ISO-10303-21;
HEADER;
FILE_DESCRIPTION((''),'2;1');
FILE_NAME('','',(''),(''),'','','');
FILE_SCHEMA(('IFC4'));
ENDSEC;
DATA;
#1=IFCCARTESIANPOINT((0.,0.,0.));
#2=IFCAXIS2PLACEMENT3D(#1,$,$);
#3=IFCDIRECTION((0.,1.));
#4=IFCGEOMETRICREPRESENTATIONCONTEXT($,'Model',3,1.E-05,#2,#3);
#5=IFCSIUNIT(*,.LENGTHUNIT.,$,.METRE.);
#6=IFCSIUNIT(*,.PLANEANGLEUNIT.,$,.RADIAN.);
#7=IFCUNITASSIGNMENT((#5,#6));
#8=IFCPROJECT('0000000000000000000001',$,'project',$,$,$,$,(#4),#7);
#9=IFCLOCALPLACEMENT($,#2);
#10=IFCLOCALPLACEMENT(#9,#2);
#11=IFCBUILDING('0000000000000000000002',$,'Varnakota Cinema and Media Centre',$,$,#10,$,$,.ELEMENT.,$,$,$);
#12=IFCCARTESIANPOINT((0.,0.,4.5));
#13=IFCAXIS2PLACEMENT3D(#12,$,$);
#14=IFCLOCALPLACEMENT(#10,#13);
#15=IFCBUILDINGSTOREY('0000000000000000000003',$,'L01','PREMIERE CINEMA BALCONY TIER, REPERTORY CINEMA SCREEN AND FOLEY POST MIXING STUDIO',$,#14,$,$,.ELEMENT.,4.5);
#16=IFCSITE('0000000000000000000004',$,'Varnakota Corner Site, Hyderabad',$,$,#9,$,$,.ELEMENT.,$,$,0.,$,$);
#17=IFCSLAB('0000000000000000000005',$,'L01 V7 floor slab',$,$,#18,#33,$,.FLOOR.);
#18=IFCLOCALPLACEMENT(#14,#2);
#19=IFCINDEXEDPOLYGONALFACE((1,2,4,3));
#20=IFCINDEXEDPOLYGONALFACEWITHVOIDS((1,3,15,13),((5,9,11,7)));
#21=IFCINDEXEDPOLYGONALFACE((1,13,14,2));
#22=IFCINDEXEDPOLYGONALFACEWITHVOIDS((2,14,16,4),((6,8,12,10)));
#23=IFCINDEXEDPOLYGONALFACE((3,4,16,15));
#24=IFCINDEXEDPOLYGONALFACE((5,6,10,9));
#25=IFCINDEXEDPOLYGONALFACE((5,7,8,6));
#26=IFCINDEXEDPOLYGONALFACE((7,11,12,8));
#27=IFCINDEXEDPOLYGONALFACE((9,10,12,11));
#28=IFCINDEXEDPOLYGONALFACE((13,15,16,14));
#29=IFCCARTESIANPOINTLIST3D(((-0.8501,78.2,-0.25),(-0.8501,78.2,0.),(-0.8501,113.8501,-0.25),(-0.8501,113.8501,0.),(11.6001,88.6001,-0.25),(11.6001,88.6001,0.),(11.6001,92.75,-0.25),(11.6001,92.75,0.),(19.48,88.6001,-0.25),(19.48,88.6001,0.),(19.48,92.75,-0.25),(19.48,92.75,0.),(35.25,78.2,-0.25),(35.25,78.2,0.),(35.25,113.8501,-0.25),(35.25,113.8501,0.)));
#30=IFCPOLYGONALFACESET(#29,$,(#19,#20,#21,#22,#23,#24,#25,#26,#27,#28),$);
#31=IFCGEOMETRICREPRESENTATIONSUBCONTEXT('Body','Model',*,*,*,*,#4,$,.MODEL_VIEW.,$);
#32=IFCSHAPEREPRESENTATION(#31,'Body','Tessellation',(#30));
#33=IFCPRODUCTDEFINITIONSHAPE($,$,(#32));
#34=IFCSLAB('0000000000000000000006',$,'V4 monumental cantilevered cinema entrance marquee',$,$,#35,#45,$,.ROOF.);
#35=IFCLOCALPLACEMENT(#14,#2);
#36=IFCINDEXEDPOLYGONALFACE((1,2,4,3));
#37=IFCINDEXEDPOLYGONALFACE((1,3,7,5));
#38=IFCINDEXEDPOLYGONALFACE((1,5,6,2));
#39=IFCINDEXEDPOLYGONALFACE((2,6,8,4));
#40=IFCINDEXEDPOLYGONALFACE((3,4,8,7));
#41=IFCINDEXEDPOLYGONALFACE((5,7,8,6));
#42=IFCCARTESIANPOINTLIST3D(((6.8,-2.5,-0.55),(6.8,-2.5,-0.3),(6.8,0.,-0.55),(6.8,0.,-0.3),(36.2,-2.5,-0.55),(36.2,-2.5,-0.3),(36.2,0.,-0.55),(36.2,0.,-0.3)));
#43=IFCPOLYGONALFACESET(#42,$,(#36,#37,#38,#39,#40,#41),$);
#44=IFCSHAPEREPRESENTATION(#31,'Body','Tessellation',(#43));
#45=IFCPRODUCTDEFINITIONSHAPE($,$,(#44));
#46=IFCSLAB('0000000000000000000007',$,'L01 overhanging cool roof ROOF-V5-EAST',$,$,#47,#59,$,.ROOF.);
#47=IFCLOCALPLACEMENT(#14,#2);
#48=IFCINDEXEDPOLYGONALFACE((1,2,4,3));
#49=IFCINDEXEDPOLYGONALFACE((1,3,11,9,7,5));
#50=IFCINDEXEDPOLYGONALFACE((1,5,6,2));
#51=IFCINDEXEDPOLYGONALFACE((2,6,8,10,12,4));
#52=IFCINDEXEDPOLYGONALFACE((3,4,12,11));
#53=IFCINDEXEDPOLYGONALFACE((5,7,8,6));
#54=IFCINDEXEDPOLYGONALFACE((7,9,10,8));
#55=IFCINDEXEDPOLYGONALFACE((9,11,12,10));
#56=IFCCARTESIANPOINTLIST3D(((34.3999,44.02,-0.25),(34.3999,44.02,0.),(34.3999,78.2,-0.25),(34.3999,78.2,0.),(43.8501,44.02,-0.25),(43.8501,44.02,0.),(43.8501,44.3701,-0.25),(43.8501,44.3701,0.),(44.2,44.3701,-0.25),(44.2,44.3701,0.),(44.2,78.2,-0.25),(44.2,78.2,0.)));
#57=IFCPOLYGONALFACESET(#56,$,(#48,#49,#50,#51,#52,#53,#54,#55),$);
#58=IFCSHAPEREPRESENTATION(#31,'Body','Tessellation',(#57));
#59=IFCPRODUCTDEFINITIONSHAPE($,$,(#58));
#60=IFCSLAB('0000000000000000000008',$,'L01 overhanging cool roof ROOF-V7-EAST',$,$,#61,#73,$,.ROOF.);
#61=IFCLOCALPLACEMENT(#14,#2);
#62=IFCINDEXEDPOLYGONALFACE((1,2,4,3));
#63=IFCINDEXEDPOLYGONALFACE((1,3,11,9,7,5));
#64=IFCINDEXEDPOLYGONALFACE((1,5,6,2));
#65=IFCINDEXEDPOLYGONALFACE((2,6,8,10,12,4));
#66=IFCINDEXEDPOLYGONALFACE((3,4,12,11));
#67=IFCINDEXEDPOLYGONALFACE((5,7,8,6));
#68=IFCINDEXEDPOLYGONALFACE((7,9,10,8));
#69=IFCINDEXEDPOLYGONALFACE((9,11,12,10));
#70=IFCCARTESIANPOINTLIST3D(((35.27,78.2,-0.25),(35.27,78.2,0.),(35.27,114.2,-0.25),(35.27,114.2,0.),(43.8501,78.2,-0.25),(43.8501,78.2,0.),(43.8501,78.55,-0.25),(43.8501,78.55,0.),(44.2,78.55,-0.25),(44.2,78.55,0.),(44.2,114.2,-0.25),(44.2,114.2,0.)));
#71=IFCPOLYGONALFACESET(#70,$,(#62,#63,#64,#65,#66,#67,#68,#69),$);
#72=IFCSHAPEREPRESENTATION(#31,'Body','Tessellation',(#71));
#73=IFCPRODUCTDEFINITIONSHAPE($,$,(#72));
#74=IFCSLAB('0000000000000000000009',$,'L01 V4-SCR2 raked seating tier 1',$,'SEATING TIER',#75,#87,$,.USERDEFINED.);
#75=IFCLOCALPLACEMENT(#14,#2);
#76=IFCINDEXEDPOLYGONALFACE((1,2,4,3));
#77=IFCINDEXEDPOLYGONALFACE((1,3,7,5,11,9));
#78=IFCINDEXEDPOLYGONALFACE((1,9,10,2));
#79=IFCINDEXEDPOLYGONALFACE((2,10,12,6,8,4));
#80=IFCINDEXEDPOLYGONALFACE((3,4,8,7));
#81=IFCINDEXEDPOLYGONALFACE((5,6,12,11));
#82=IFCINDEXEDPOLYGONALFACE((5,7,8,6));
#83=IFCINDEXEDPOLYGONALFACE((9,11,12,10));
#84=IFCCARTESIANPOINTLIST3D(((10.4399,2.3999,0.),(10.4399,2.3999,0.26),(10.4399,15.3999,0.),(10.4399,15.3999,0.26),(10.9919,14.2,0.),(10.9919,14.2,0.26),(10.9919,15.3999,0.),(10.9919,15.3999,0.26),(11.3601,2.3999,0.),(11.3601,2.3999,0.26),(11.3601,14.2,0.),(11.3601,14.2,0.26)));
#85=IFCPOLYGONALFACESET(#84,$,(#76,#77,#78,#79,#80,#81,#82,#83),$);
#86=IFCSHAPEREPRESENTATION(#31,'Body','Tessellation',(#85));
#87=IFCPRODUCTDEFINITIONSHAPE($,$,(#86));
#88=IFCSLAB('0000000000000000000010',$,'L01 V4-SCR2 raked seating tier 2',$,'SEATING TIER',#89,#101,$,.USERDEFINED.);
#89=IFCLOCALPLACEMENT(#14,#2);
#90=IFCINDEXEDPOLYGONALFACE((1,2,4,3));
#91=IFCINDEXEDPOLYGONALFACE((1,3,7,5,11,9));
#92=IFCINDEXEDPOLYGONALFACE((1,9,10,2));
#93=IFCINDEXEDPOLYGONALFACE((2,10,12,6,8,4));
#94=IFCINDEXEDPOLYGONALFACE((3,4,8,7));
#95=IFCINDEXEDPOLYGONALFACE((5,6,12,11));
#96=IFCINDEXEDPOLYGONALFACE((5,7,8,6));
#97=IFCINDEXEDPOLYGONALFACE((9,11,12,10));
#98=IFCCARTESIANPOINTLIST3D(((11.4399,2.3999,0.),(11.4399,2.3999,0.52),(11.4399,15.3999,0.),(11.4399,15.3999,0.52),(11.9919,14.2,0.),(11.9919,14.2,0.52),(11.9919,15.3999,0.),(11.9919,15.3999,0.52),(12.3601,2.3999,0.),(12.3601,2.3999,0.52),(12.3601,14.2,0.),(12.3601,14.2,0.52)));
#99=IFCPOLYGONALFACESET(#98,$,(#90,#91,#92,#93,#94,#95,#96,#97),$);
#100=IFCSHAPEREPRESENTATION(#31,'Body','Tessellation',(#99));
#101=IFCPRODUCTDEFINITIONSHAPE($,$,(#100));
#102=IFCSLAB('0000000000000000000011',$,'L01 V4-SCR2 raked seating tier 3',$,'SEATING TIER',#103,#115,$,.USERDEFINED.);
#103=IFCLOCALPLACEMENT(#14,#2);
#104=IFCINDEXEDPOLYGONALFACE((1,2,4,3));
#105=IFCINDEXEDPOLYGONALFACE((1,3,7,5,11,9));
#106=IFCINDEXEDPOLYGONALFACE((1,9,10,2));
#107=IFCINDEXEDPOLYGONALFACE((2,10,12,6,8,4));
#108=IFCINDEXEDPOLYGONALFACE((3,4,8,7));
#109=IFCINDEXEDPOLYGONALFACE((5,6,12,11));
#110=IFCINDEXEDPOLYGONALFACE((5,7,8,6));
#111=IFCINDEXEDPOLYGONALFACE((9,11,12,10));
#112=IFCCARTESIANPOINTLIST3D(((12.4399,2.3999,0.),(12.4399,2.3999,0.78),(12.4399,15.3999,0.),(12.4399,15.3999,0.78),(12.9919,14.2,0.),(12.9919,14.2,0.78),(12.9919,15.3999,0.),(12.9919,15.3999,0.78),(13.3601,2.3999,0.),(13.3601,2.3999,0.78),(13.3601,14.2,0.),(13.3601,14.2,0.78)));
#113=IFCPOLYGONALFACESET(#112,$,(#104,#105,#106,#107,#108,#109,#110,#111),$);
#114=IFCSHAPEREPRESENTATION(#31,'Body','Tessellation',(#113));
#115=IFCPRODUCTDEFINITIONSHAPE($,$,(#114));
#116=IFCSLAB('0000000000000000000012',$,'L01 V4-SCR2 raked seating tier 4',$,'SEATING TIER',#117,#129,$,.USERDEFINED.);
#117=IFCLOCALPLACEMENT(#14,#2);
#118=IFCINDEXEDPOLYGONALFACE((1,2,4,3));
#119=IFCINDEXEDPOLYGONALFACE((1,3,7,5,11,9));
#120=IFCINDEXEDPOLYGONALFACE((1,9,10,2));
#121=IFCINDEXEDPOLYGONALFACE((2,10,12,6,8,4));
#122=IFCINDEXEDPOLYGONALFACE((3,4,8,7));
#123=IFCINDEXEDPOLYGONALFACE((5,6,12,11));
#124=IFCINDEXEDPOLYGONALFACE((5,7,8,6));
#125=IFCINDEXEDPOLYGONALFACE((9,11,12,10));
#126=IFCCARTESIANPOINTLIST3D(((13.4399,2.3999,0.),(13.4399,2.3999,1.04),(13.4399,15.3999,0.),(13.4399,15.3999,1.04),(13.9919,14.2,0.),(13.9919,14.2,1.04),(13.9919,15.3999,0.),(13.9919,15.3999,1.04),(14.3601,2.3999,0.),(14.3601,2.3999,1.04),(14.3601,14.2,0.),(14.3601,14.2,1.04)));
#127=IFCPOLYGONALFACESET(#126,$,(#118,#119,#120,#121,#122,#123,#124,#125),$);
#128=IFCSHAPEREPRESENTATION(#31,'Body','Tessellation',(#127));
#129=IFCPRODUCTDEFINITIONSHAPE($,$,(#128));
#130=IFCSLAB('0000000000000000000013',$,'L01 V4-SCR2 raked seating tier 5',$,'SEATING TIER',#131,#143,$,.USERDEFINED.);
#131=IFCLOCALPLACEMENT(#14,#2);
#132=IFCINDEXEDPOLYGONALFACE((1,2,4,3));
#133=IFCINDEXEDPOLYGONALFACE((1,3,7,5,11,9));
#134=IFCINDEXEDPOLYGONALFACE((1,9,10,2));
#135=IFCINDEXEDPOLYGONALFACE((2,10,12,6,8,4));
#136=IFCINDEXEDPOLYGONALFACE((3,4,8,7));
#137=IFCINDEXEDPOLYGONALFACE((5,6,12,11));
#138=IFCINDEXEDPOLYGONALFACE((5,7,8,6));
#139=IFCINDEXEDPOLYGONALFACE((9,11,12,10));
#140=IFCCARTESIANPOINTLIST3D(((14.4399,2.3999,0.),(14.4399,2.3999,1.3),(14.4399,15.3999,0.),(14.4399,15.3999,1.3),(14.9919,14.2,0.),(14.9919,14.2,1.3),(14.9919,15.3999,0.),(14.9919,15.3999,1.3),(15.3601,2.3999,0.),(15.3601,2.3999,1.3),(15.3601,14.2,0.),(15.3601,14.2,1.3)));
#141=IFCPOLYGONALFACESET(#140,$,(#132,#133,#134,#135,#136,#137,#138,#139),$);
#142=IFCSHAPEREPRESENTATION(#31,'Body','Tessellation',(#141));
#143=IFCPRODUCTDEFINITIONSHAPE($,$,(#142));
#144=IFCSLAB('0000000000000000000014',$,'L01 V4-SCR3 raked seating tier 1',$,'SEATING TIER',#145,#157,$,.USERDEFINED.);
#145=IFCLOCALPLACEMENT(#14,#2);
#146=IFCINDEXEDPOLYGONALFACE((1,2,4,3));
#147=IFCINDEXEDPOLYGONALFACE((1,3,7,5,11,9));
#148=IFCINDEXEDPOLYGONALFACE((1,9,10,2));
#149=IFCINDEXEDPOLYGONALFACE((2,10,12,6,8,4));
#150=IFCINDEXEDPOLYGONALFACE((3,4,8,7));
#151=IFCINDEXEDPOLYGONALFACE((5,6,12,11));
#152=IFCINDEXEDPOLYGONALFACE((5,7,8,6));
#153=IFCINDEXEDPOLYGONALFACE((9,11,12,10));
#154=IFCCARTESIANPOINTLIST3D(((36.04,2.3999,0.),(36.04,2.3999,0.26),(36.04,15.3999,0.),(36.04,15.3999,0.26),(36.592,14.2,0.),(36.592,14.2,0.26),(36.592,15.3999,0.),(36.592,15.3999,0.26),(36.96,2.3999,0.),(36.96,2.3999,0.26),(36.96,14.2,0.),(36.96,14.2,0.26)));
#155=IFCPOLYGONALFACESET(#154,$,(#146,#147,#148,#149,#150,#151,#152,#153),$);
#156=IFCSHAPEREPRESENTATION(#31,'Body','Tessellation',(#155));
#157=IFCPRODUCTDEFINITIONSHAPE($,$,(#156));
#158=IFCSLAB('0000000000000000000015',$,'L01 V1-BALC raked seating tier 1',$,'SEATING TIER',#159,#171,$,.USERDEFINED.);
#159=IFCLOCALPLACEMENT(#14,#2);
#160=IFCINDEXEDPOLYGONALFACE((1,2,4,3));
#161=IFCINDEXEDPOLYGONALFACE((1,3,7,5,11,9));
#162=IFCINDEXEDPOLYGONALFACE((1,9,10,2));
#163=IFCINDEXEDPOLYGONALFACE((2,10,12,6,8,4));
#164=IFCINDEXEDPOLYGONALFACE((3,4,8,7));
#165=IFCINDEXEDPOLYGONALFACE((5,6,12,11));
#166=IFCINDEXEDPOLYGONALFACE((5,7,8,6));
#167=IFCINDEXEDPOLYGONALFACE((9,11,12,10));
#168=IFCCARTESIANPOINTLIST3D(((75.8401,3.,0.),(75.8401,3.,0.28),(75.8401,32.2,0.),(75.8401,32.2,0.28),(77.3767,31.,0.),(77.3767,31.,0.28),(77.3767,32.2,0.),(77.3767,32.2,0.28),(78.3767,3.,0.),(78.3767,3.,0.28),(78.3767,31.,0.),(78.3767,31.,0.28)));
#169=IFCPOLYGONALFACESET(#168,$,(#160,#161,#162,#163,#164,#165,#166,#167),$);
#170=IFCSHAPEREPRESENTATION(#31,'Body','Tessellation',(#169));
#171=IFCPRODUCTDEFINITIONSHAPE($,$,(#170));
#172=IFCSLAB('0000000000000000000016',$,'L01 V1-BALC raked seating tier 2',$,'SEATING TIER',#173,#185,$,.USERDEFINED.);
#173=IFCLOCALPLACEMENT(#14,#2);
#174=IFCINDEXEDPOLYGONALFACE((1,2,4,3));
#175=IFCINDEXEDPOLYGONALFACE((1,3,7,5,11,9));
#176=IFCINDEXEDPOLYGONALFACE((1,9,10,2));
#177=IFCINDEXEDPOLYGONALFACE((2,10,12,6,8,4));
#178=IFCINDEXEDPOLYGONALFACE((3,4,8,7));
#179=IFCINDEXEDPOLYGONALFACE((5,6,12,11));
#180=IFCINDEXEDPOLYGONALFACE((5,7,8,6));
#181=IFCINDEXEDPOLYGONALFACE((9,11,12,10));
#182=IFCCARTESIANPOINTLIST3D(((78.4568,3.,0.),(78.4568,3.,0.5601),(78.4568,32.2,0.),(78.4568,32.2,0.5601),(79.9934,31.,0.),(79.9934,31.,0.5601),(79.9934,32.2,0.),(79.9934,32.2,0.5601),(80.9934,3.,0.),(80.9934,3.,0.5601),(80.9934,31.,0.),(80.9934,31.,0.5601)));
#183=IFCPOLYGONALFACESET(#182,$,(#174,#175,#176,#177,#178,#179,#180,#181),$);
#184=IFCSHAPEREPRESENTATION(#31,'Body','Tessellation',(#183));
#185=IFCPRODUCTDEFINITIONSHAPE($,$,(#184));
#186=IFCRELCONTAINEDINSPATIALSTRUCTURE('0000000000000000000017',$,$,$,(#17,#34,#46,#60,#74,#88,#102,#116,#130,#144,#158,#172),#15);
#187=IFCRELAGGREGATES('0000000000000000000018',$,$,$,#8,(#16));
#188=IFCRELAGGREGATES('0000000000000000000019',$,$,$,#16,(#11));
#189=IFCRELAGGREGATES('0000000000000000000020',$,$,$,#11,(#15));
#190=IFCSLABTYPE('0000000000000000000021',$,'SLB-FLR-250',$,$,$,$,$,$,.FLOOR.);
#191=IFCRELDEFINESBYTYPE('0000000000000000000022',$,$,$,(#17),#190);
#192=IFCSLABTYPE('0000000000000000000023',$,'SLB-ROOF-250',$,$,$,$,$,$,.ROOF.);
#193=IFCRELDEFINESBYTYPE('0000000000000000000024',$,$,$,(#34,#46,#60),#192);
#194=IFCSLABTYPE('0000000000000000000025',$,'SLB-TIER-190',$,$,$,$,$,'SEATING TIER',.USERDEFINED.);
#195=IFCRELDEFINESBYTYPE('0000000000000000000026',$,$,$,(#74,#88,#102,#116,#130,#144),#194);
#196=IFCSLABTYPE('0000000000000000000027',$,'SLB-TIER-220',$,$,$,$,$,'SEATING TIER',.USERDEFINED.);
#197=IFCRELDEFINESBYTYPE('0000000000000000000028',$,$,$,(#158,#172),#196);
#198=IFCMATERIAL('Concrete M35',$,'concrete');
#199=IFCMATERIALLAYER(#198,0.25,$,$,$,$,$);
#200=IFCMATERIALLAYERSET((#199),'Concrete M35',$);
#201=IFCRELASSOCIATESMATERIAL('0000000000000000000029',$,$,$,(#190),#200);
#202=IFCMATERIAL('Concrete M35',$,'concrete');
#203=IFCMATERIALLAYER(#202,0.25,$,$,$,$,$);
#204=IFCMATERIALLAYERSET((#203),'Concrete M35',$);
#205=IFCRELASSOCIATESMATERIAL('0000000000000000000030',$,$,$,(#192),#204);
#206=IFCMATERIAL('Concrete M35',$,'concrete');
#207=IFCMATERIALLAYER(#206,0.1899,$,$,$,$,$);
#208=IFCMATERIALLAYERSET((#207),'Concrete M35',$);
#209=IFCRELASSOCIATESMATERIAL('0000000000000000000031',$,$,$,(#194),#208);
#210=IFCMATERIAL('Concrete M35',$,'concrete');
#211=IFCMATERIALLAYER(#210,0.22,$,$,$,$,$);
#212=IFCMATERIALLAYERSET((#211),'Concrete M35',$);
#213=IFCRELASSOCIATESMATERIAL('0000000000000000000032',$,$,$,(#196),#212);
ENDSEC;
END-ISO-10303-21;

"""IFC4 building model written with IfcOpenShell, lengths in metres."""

from ifc_helpers import new_model, si_unit, direction, frame, origin, place, context, subcontext, project, spatial, polyline, outline, extrude, material, layer, layer_set, type_object, element, save


model = new_model("IFC4")

# Units and contexts
model_context = context("Model", 3, precision=1e-05, world=origin(), true_north=direction((0.0, 1.0)))
body_context = subcontext(model_context, "Body", "Model", "MODEL_VIEW")
ifc_project = project(units=[si_unit("LENGTHUNIT", "METRE"), si_unit("PLANEANGLEUNIT", "RADIAN")], contexts=[model_context])

# Site, building, storey
site_placement = place(None, origin())
site = spatial("IfcSite", under=ifc_project, at=site_placement, Name="Varnakota Corner Site, Hyderabad", CompositionType="ELEMENT", RefElevation=0.0)
building_placement = place(site_placement, origin())
building = spatial("IfcBuilding", under=site, at=building_placement, Name="Varnakota Cinema and Media Centre", CompositionType="ELEMENT")
storey_placement = place(building_placement, frame((0.0, 0.0, 4.5)))
storey = spatial("IfcBuildingStorey", under=building, at=storey_placement, Name="L01", Description="PREMIERE CINEMA BALCONY TIER, REPERTORY CINEMA SCREEN AND FOLEY POST MIXING STUDIO", CompositionType="ELEMENT", Elevation=4.5)

# Slabs
ifc_material_1 = material(Name="Concrete M35", Category="concrete")
ifc_layer_1 = layer(ifc_material_1, 0.25)
ifc_layer_set_1 = layer_set([ifc_layer_1], Name="Concrete M35")
slab_type_1 = type_object("IfcSlabType", Name="SLB-FLR-250", PredefinedType="FLOOR", material=ifc_layer_set_1)
slab_1_placement = place(storey_placement, frame((0.0, 0.0, -0.25)))
element("IfcSlab", 1, at=slab_1_placement, inside=storey, type_object=slab_type_1, Name="L01 V7 floor slab", PredefinedType="FLOOR", context=body_context, shape_type="SweptSolid", body=[
    extrude(outline(polyline([(-0.8501, 78.2), (35.25, 78.2), (35.25, 113.8501), (-0.8501, 113.8501), (-0.8501, 78.2)]), holes=[polyline([(11.6001, 88.6001), (19.48, 88.6001), (19.48, 92.75), (11.6001, 92.75), (11.6001, 88.6001)])]), origin(), (0.0, 0.0, 1.0), 0.25),
])
ifc_material_2 = material(Name="Concrete M35", Category="concrete")
ifc_layer_2 = layer(ifc_material_2, 0.25)
ifc_layer_set_2 = layer_set([ifc_layer_2], Name="Concrete M35")
slab_type_2 = type_object("IfcSlabType", Name="SLB-ROOF-250", PredefinedType="ROOF", material=ifc_layer_set_2)
slab_2_placement = place(storey_placement, frame((0.0, 0.0, -0.55)))
element("IfcSlab", 2, at=slab_2_placement, inside=storey, type_object=slab_type_2, Name="V4 monumental cantilevered cinema entrance marquee", PredefinedType="ROOF", context=body_context, shape_type="SweptSolid", body=[
    extrude(outline(polyline([(6.8, -2.5), (36.2, -2.5), (36.2, 0.0), (6.8, 0.0), (6.8, -2.5)])), origin(), (0.0, 0.0, 1.0), 0.25),
])
slab_3_placement = place(storey_placement, frame((0.0, 0.0, -0.25)))
element("IfcSlab", 3, at=slab_3_placement, inside=storey, type_object=slab_type_2, Name="L01 overhanging cool roof ROOF-V5-EAST", PredefinedType="ROOF", context=body_context, shape_type="SweptSolid", body=[
    extrude(outline(polyline([(34.3999, 44.02), (43.8501, 44.02), (43.8501, 44.3701), (44.2, 44.3701), (44.2, 78.2), (34.3999, 78.2), (34.3999, 44.02)])), origin(), (0.0, 0.0, 1.0), 0.25),
])
slab_4_placement = place(storey_placement, frame((0.0, 0.0, -0.25)))
element("IfcSlab", 4, at=slab_4_placement, inside=storey, type_object=slab_type_2, Name="L01 overhanging cool roof ROOF-V7-EAST", PredefinedType="ROOF", context=body_context, shape_type="SweptSolid", body=[
    extrude(outline(polyline([(35.27, 78.2), (43.8501, 78.2), (43.8501, 78.55), (44.2, 78.55), (44.2, 114.2), (35.27, 114.2), (35.27, 78.2)])), origin(), (0.0, 0.0, 1.0), 0.25),
])
ifc_material_3 = material(Name="Concrete M35", Category="concrete")
ifc_layer_3 = layer(ifc_material_3, 0.1899)
ifc_layer_set_3 = layer_set([ifc_layer_3], Name="Concrete M35")
slab_type_3 = type_object("IfcSlabType", Name="SLB-TIER-190", ElementType="SEATING TIER", PredefinedType="USERDEFINED", material=ifc_layer_set_3)
slab_5_placement = place(storey_placement, origin())
element("IfcSlab", 5, at=slab_5_placement, inside=storey, type_object=slab_type_3, Name="L01 V4-SCR2 raked seating tier 1", ObjectType="SEATING TIER", PredefinedType="USERDEFINED", context=body_context, shape_type="SweptSolid", body=[
    extrude(outline(polyline([(10.4399, 2.3999), (11.3601, 2.3999), (11.3601, 14.2), (10.9919, 14.2), (10.9919, 15.3999), (10.4399, 15.3999), (10.4399, 2.3999)])), origin(), (0.0, 0.0, 1.0), 0.26),
])
slab_6_placement = place(storey_placement, origin())
element("IfcSlab", 6, at=slab_6_placement, inside=storey, type_object=slab_type_3, Name="L01 V4-SCR2 raked seating tier 2", ObjectType="SEATING TIER", PredefinedType="USERDEFINED", context=body_context, shape_type="SweptSolid", body=[
    extrude(outline(polyline([(11.4399, 2.3999), (12.3601, 2.3999), (12.3601, 14.2), (11.9919, 14.2), (11.9919, 15.3999), (11.4399, 15.3999), (11.4399, 2.3999)])), origin(), (0.0, 0.0, 1.0), 0.52),
])
slab_7_placement = place(storey_placement, origin())
element("IfcSlab", 7, at=slab_7_placement, inside=storey, type_object=slab_type_3, Name="L01 V4-SCR2 raked seating tier 3", ObjectType="SEATING TIER", PredefinedType="USERDEFINED", context=body_context, shape_type="SweptSolid", body=[
    extrude(outline(polyline([(12.4399, 2.3999), (13.3601, 2.3999), (13.3601, 14.2), (12.9919, 14.2), (12.9919, 15.3999), (12.4399, 15.3999), (12.4399, 2.3999)])), origin(), (0.0, 0.0, 1.0), 0.78),
])
slab_8_placement = place(storey_placement, origin())
element("IfcSlab", 8, at=slab_8_placement, inside=storey, type_object=slab_type_3, Name="L01 V4-SCR2 raked seating tier 4", ObjectType="SEATING TIER", PredefinedType="USERDEFINED", context=body_context, shape_type="SweptSolid", body=[
    extrude(outline(polyline([(13.4399, 2.3999), (14.3601, 2.3999), (14.3601, 14.2), (13.9919, 14.2), (13.9919, 15.3999), (13.4399, 15.3999), (13.4399, 2.3999)])), origin(), (0.0, 0.0, 1.0), 1.04),
])
slab_9_placement = place(storey_placement, origin())
element("IfcSlab", 9, at=slab_9_placement, inside=storey, type_object=slab_type_3, Name="L01 V4-SCR2 raked seating tier 5", ObjectType="SEATING TIER", PredefinedType="USERDEFINED", context=body_context, shape_type="SweptSolid", body=[
    extrude(outline(polyline([(14.4399, 2.3999), (15.3601, 2.3999), (15.3601, 14.2), (14.9919, 14.2), (14.9919, 15.3999), (14.4399, 15.3999), (14.4399, 2.3999)])), origin(), (0.0, 0.0, 1.0), 1.3),
])
slab_10_placement = place(storey_placement, origin())
element("IfcSlab", 10, at=slab_10_placement, inside=storey, type_object=slab_type_3, Name="L01 V4-SCR3 raked seating tier 1", ObjectType="SEATING TIER", PredefinedType="USERDEFINED", context=body_context, shape_type="SweptSolid", body=[
    extrude(outline(polyline([(36.04, 2.3999), (36.96, 2.3999), (36.96, 14.2), (36.592, 14.2), (36.592, 15.3999), (36.04, 15.3999), (36.04, 2.3999)])), origin(), (0.0, 0.0, 1.0), 0.26),
])
ifc_material_4 = material(Name="Concrete M35", Category="concrete")
ifc_layer_4 = layer(ifc_material_4, 0.22)
ifc_layer_set_4 = layer_set([ifc_layer_4], Name="Concrete M35")
slab_type_4 = type_object("IfcSlabType", Name="SLB-TIER-220", ElementType="SEATING TIER", PredefinedType="USERDEFINED", material=ifc_layer_set_4)
slab_11_placement = place(storey_placement, origin())
element("IfcSlab", 11, at=slab_11_placement, inside=storey, type_object=slab_type_4, Name="L01 V1-BALC raked seating tier 1", ObjectType="SEATING TIER", PredefinedType="USERDEFINED", context=body_context, shape_type="SweptSolid", body=[
    extrude(outline(polyline([(75.8401, 3.0), (78.3767, 3.0), (78.3767, 31.0), (77.3767, 31.0), (77.3767, 32.2), (75.8401, 32.2), (75.8401, 3.0)])), origin(), (0.0, 0.0, 1.0), 0.28),
])
slab_12_placement = place(storey_placement, origin())
element("IfcSlab", 12, at=slab_12_placement, inside=storey, type_object=slab_type_4, Name="L01 V1-BALC raked seating tier 2", ObjectType="SEATING TIER", PredefinedType="USERDEFINED", context=body_context, shape_type="SweptSolid", body=[
    extrude(outline(polyline([(78.4568, 3.0), (80.9934, 3.0), (80.9934, 31.0), (79.9934, 31.0), (79.9934, 32.2), (78.4568, 32.2), (78.4568, 3.0)])), origin(), (0.0, 0.0, 1.0), 0.5601),
])

save(model, "model.ifc")
